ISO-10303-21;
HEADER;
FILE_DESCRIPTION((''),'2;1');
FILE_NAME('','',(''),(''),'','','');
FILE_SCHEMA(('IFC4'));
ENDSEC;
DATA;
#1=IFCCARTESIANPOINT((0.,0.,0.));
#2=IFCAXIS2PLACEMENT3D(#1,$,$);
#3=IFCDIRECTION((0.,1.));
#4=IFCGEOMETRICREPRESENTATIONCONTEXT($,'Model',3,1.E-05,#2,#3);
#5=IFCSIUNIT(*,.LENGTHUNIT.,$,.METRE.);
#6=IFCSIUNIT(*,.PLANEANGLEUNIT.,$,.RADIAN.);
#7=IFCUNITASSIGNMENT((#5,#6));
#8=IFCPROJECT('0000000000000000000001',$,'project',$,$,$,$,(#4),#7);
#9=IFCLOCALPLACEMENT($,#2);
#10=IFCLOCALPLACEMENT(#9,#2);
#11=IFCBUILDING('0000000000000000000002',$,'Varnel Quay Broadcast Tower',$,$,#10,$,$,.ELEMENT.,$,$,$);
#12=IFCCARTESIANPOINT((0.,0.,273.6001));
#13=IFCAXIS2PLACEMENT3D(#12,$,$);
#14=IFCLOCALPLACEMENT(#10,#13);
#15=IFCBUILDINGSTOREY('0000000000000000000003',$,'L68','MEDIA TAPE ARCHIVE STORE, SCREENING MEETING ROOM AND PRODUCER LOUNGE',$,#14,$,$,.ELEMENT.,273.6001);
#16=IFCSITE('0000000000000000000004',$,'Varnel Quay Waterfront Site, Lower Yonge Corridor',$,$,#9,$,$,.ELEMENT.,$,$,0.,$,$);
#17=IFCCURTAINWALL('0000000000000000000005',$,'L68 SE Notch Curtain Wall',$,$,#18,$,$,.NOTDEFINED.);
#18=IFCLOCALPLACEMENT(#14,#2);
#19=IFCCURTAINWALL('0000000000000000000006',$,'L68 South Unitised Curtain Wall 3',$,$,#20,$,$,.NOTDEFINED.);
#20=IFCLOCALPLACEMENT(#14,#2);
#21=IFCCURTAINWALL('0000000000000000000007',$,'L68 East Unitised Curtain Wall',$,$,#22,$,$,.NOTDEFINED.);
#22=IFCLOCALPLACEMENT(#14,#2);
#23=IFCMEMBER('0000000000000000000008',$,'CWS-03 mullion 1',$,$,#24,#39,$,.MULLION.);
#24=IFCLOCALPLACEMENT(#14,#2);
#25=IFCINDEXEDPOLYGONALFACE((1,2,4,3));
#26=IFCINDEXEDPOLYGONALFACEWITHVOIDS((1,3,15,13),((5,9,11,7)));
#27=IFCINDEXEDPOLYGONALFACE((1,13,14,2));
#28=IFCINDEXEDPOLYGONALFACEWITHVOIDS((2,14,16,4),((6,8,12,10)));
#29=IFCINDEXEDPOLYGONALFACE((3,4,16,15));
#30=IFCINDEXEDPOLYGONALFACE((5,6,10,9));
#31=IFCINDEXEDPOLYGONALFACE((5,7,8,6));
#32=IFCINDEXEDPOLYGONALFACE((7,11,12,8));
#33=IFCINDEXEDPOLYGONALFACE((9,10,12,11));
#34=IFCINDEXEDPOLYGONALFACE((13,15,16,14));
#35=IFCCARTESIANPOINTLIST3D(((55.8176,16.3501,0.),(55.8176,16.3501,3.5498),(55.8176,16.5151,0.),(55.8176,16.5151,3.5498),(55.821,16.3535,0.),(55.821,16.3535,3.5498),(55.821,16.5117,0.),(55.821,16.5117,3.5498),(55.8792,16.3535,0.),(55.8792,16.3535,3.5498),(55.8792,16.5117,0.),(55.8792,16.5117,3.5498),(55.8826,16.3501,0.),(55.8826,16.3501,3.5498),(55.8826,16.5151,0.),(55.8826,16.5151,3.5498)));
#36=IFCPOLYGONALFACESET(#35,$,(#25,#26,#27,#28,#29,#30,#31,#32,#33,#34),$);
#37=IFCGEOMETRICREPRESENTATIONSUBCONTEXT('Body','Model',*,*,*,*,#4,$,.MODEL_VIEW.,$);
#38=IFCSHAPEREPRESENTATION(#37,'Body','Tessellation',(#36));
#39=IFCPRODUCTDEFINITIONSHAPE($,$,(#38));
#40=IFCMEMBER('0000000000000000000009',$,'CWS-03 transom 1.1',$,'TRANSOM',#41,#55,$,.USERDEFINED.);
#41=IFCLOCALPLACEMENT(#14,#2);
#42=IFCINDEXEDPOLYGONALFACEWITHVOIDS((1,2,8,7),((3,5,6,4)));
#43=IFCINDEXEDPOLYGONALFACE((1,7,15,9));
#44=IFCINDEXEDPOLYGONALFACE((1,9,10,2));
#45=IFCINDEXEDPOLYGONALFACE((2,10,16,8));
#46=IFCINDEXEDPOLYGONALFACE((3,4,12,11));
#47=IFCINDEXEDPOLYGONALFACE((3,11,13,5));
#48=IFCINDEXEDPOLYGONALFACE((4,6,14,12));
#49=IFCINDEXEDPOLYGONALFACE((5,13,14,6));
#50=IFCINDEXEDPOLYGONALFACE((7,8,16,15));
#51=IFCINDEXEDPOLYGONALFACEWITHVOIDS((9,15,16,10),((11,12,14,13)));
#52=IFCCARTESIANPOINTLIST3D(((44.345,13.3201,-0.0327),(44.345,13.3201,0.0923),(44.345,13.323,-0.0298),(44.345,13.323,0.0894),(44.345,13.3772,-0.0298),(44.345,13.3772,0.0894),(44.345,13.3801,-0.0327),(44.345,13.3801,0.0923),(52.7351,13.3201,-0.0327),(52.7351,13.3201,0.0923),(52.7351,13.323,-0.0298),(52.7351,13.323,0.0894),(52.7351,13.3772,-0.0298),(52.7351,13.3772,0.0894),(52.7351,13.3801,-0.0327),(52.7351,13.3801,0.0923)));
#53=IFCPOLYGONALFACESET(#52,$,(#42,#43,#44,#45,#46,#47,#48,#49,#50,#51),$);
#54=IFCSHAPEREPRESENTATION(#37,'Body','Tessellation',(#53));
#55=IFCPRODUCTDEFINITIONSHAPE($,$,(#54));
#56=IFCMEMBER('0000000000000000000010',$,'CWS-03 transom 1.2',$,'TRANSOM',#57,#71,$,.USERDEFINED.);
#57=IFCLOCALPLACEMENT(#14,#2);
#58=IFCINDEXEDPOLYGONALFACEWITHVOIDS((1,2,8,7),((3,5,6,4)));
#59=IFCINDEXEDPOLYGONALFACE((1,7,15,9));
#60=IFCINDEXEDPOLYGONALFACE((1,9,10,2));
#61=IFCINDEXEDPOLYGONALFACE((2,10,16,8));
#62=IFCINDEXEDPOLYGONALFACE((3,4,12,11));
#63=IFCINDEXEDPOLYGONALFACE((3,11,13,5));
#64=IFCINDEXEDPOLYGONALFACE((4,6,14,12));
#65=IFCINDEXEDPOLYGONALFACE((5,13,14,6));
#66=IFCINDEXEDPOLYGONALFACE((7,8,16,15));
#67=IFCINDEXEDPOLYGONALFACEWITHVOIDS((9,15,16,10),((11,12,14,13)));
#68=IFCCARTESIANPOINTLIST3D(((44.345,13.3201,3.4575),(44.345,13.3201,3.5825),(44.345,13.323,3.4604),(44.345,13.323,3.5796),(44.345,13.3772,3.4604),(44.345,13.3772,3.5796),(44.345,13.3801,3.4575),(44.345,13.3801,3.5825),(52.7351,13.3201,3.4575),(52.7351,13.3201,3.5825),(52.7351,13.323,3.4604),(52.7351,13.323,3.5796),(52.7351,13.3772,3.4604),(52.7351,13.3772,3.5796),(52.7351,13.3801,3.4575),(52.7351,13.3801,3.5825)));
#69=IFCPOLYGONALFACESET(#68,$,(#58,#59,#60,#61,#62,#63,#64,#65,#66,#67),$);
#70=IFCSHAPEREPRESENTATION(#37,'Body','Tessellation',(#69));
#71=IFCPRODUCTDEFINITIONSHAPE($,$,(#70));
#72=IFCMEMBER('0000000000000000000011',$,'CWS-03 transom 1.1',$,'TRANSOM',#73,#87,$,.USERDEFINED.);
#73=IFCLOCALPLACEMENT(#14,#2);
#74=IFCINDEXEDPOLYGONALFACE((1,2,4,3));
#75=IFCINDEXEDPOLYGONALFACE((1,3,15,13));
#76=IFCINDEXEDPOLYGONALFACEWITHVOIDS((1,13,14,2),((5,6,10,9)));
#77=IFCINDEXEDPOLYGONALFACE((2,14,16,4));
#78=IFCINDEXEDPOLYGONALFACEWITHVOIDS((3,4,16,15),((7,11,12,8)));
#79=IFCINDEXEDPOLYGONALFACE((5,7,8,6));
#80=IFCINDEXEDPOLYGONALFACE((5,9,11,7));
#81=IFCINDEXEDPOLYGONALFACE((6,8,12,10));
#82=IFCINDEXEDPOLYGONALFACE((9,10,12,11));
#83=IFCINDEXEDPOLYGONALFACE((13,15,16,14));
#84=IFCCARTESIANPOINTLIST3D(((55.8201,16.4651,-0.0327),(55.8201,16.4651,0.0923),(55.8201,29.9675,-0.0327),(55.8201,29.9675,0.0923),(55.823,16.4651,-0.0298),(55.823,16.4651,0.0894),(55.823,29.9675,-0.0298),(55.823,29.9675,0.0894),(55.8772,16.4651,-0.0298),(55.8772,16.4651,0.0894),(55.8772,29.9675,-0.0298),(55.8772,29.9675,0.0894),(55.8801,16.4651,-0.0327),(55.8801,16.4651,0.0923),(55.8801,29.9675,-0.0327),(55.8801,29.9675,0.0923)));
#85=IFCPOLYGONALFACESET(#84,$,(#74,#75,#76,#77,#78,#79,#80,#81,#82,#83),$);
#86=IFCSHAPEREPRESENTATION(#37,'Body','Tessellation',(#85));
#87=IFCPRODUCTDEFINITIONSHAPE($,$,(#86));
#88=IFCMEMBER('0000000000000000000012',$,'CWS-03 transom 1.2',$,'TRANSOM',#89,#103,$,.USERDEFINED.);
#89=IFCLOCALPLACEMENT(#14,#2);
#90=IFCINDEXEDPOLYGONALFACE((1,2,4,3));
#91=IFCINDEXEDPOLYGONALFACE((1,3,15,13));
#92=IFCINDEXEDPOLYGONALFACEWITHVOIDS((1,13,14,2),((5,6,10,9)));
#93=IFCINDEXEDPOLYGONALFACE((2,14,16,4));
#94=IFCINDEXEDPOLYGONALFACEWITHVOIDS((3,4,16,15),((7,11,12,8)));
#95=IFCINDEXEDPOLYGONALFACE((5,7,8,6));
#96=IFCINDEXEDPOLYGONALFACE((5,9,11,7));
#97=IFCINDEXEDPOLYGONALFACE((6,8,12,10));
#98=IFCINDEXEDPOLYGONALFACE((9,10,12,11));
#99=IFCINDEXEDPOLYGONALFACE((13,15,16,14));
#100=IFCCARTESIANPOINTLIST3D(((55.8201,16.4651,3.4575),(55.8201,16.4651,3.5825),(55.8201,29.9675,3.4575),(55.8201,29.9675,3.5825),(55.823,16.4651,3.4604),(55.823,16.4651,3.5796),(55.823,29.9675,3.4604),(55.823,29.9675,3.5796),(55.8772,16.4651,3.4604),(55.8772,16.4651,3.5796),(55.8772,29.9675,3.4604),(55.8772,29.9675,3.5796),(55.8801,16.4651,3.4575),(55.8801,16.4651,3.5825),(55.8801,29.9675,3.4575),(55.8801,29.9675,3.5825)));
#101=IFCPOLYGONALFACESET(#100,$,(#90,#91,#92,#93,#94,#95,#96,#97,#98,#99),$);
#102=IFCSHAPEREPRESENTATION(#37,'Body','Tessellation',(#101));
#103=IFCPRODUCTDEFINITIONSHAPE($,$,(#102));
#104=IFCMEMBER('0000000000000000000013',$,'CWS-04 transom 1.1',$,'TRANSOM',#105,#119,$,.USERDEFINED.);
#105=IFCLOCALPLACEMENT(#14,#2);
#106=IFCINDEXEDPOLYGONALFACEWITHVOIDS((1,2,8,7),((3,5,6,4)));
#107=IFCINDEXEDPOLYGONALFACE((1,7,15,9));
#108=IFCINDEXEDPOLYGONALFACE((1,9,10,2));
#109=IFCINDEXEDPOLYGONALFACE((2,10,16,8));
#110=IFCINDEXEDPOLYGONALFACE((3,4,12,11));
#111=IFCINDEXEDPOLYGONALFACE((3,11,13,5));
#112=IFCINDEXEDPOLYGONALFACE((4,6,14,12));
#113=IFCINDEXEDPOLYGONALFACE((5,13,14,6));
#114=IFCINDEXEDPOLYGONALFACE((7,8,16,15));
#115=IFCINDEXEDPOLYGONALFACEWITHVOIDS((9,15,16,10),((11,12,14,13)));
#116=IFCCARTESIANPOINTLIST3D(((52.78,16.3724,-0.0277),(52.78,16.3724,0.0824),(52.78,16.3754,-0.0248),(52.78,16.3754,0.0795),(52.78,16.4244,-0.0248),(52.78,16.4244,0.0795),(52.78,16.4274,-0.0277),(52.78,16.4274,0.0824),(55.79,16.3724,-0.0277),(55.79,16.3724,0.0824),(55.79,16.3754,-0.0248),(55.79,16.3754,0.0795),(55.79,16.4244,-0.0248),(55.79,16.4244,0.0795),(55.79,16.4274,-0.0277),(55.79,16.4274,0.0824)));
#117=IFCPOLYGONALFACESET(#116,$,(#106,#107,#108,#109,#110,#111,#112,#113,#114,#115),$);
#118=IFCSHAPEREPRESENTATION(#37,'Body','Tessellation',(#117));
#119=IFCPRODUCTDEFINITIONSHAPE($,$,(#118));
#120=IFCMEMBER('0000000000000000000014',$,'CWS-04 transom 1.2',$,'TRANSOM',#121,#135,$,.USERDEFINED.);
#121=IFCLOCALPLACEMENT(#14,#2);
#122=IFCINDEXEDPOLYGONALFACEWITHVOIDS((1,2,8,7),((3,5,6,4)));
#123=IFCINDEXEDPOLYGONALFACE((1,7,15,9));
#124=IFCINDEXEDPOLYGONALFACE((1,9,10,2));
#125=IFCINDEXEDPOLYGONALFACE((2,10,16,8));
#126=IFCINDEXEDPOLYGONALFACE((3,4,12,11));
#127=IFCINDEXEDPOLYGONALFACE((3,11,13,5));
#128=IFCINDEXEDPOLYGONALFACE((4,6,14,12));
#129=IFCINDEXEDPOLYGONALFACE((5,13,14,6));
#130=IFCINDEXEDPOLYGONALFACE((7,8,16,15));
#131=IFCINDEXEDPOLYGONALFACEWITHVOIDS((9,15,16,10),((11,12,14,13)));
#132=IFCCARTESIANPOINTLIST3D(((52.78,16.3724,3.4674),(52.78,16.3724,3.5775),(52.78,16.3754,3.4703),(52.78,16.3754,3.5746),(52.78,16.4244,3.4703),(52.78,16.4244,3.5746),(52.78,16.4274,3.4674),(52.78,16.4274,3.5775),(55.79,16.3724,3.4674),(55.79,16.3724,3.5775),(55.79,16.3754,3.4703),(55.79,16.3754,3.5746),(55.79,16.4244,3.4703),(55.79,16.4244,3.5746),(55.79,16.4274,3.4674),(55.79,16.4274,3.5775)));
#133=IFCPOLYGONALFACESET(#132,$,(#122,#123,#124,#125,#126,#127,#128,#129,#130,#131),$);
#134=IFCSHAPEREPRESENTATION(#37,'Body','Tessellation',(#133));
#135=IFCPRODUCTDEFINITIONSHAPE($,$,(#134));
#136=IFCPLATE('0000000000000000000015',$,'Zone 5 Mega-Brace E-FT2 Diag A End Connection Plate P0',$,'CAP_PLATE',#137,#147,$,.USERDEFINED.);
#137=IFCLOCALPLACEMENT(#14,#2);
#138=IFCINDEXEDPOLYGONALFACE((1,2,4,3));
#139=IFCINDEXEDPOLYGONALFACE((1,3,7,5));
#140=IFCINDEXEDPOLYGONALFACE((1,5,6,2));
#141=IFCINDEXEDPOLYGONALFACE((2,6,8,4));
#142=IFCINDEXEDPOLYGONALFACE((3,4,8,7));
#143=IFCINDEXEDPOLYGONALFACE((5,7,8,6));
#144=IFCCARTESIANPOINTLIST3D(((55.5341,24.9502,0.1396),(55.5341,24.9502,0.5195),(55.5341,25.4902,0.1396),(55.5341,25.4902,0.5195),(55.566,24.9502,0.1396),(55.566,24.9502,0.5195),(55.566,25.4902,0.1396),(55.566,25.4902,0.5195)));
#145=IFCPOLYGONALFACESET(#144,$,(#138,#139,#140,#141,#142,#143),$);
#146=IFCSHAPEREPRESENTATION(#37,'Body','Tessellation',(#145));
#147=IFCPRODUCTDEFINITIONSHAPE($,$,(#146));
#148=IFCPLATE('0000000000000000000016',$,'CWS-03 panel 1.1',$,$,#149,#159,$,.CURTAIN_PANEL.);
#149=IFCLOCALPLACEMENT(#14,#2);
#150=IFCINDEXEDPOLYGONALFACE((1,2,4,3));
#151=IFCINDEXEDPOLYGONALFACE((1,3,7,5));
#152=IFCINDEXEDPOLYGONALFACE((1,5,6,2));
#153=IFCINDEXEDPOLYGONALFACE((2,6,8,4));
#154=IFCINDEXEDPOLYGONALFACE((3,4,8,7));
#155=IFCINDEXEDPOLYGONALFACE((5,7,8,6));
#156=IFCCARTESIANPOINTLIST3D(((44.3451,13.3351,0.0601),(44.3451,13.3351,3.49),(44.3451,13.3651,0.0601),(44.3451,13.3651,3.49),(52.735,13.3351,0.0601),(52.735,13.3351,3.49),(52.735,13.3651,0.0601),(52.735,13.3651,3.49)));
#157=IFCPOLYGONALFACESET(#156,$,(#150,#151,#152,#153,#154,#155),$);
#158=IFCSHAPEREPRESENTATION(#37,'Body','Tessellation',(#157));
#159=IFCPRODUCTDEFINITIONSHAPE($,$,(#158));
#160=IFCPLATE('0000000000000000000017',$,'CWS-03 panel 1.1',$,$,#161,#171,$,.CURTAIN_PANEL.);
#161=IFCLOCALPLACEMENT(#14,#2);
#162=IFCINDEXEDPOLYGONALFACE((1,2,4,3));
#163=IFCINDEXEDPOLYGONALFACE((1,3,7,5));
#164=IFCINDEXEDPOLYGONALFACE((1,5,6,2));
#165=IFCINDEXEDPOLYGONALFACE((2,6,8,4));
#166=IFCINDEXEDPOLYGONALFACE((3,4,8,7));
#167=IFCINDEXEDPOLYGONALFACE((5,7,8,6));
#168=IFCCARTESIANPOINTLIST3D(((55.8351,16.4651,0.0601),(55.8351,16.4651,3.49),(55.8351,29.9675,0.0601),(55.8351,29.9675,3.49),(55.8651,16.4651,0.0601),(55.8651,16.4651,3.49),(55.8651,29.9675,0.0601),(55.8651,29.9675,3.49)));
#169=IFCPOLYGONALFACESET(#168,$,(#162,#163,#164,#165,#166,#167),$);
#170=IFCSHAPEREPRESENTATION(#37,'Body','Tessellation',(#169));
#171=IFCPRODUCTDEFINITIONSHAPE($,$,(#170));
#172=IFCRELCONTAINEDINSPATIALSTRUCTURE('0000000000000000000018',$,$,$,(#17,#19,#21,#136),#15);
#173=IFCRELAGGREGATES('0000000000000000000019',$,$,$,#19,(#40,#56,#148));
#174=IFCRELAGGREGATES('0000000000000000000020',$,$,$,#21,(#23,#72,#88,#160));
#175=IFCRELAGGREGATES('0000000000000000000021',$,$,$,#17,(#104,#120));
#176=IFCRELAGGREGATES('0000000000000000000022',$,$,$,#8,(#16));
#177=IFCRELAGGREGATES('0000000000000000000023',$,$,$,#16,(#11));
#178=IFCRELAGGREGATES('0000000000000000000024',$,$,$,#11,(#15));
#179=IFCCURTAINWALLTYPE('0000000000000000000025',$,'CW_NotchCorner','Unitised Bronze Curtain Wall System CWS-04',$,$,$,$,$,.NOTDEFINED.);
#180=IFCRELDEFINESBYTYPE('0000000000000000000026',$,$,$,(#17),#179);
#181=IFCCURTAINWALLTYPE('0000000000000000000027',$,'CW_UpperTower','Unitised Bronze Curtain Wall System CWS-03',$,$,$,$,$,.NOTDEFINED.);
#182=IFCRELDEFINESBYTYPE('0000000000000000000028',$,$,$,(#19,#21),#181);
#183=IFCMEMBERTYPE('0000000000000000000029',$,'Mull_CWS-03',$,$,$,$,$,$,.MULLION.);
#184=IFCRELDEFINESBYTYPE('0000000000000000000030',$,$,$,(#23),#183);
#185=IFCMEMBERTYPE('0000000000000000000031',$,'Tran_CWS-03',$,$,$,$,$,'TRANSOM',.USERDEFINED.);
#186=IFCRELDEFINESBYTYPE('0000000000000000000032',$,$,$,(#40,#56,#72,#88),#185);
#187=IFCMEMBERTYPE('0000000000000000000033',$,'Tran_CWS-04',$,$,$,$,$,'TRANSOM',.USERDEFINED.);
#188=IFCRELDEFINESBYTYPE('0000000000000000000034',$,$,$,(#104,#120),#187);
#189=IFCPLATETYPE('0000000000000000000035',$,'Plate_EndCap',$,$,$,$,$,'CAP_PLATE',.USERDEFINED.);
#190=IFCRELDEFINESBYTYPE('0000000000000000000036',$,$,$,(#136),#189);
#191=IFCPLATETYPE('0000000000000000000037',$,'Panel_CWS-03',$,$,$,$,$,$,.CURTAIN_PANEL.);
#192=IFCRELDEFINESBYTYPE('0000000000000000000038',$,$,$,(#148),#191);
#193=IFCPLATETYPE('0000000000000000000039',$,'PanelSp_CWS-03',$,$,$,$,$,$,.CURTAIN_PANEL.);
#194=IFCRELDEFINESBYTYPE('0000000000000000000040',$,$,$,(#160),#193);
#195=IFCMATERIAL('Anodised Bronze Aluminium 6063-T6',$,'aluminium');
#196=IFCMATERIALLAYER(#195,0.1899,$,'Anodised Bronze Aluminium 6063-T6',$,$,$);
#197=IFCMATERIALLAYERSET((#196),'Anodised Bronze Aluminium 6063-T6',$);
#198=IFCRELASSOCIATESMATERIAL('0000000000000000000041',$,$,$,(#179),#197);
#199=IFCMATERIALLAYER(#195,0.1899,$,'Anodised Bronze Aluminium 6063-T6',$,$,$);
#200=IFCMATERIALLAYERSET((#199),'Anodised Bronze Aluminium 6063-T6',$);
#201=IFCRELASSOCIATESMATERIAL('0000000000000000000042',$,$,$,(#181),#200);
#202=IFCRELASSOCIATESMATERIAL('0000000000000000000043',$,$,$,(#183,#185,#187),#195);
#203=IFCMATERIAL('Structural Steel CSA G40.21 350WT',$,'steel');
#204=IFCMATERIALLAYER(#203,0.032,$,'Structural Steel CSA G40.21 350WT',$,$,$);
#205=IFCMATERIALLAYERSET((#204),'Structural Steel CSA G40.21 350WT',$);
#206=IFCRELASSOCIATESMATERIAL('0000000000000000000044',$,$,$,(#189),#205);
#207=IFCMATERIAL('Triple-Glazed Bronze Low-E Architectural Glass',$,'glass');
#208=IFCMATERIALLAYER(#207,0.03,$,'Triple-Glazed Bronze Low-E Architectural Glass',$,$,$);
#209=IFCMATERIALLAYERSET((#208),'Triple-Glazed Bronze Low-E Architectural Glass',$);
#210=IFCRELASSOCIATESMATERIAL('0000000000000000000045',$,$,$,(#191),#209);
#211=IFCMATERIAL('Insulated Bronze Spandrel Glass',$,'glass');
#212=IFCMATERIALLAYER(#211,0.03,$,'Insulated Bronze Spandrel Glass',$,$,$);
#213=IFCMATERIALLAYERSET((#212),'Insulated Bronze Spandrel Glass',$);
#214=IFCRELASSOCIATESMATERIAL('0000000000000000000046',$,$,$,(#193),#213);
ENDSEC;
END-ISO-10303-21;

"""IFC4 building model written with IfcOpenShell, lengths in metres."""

from ifc_helpers import new_model, si_unit, direction, frame, origin, origin_2d, place, context, subcontext, project, spatial, rectangle, hollow_rectangle, extrude, source, transform, mapped, material, layer, layer_set, material_profile, profile_set, type_object, type_shapes, element, aggregate, save


model = new_model("IFC4")

# Units and contexts
model_context = context("Model", 3, precision=1e-05, world=origin(), true_north=direction((0.0, 1.0)))
body_context = subcontext(model_context, "Body", "Model", "MODEL_VIEW")
ifc_project = project(units=[si_unit("LENGTHUNIT", "METRE"), si_unit("PLANEANGLEUNIT", "RADIAN")], contexts=[model_context])

# Site, building, storey
site_placement = place(None, origin())
site = spatial("IfcSite", under=ifc_project, at=site_placement, Name="Varnel Quay Waterfront Site, Lower Yonge Corridor", CompositionType="ELEMENT", RefElevation=0.0)
building_placement = place(site_placement, origin())
building = spatial("IfcBuilding", under=site, at=building_placement, Name="Varnel Quay Broadcast Tower", CompositionType="ELEMENT")
storey_placement = place(building_placement, frame((0.0, 0.0, 273.6001)))
storey = spatial("IfcBuildingStorey", under=building, at=storey_placement, Name="L68", Description="MEDIA TAPE ARCHIVE STORE, SCREENING MEETING ROOM AND PRODUCER LOUNGE", CompositionType="ELEMENT", Elevation=273.6001)

# Shared definitions
ifc_material_1 = material(Name="Structural Steel CSA G40.21 350WT", Category="steel")

# Curtain wall
ifc_material_2 = material(Name="Anodised Bronze Aluminium 6063-T6", Category="aluminium")
ifc_layer_1 = layer(ifc_material_2, 0.1899, Name="Anodised Bronze Aluminium 6063-T6")
ifc_layer_set_1 = layer_set([ifc_layer_1], Name="Anodised Bronze Aluminium 6063-T6")
curtain_wall_type_1 = type_object("IfcCurtainWallType", Name="CW_NotchCorner", Description="Unitised Bronze Curtain Wall System CWS-04", PredefinedType="NOTDEFINED", material=ifc_layer_set_1)
curtain_wall_1_placement = place(storey_placement, origin())
curtain_wall_1 = element("IfcCurtainWall", 1, at=curtain_wall_1_placement, inside=storey, type_object=curtain_wall_type_1, Name="L68 SE Notch Curtain Wall", PredefinedType="NOTDEFINED")

# Curtain walls, member
ifc_layer_2 = layer(ifc_material_2, 0.1899, Name="Anodised Bronze Aluminium 6063-T6")
ifc_layer_set_2 = layer_set([ifc_layer_2], Name="Anodised Bronze Aluminium 6063-T6")
curtain_wall_type_2 = type_object("IfcCurtainWallType", Name="CW_UpperTower", Description="Unitised Bronze Curtain Wall System CWS-03", PredefinedType="NOTDEFINED", material=ifc_layer_set_2)
curtain_wall_2_placement = place(storey_placement, origin())
curtain_wall_2 = element("IfcCurtainWall", 2, at=curtain_wall_2_placement, inside=storey, type_object=curtain_wall_type_2, Name="L68 South Unitised Curtain Wall 3", PredefinedType="NOTDEFINED")
ifc_material_profile_1 = material_profile(ifc_material_2, hollow_rectangle(XDim=0.0649, YDim=0.165, WallThickness=0.0034, at=origin_2d()), Name="ALU65X165X3.5")
ifc_profile_set_1 = profile_set([ifc_material_profile_1], Name="Anodised Bronze Aluminium 6063-T6")
member_type_1 = type_object("IfcMemberType", Name="Mull_CWS-03", PredefinedType="MULLION", material=ifc_profile_set_1)
shared_shape_1 = source(origin(), body_context, "Body", "SweptSolid", [
    extrude(hollow_rectangle(XDim=0.0649, YDim=0.165, WallThickness=0.0034, at=origin_2d()), origin(), (0.0, 0.0, 1.0), 3.5498),
])
type_shapes(member_type_1, [shared_shape_1])
curtain_wall_3_placement = place(storey_placement, origin())
curtain_wall_3 = element("IfcCurtainWall", 3, at=curtain_wall_3_placement, inside=storey, type_object=curtain_wall_type_2, Name="L68 East Unitised Curtain Wall", PredefinedType="NOTDEFINED")
member_1_placement = place(storey_placement, frame((55.8501, 16.4326, 0.0), z_axis=(0.0, 0.0, 1.0), x_axis=(-1.0, 0.0, 0.0)))
member_1 = element("IfcMember", 4, at=member_1_placement, type_object=member_type_1, Name="CWS-03 mullion 1", PredefinedType="MULLION", context=body_context, shape_type="MappedRepresentation", body=[
    mapped(shared_shape_1, transform((0.0, 0.0, 0.0), x_axis=(1.0, 0.0, 0.0), y_axis=(0.0, 1.0, 0.0), z_axis=(0.0, 0.0, 1.0), scale=1.0)),
])

# Members
ifc_material_profile_2 = material_profile(ifc_material_2, hollow_rectangle(XDim=0.0601, YDim=0.125, WallThickness=0.0029, at=origin_2d()), Name="ALU60X125X3")
ifc_profile_set_2 = profile_set([ifc_material_profile_2], Name="Anodised Bronze Aluminium 6063-T6")
member_type_2 = type_object("IfcMemberType", Name="Tran_CWS-03", ElementType="TRANSOM", PredefinedType="USERDEFINED", material=ifc_profile_set_2)
shared_shape_2 = source(origin(), body_context, "Body", "SweptSolid", [
    extrude(hollow_rectangle(XDim=0.0601, YDim=0.125, WallThickness=0.0029, at=origin_2d()), origin(), (0.0, 0.0, 1.0), 8.3901),
])
member_2_placement = place(storey_placement, frame((44.345, 13.3501, 0.0298), z_axis=(1.0, 0.0, 0.0), x_axis=(0.0, 1.0, 0.0)))
member_2 = element("IfcMember", 5, at=member_2_placement, type_object=member_type_2, Name="CWS-03 transom 1.1", ObjectType="TRANSOM", PredefinedType="USERDEFINED", context=body_context, shape_type="MappedRepresentation", body=[
    mapped(shared_shape_2, transform((0.0, 0.0, 0.0), x_axis=(1.0, 0.0, 0.0), y_axis=(0.0, 1.0, 0.0), z_axis=(0.0, 0.0, 1.0), scale=1.0)),
])
member_3_placement = place(storey_placement, frame((44.345, 13.3501, 3.52), z_axis=(1.0, 0.0, 0.0), x_axis=(0.0, 1.0, 0.0)))
member_3 = element("IfcMember", 6, at=member_3_placement, type_object=member_type_2, Name="CWS-03 transom 1.2", ObjectType="TRANSOM", PredefinedType="USERDEFINED", context=body_context, shape_type="MappedRepresentation", body=[
    mapped(shared_shape_2, transform((0.0, 0.0, 0.0), x_axis=(1.0, 0.0, 0.0), y_axis=(0.0, 1.0, 0.0), z_axis=(0.0, 0.0, 1.0), scale=1.0)),
])
shared_shape_3 = source(origin(), body_context, "Body", "SweptSolid", [
    extrude(hollow_rectangle(XDim=0.0601, YDim=0.125, WallThickness=0.0029, at=origin_2d()), origin(), (0.0, 0.0, 1.0), 13.5024),
])
type_shapes(member_type_2, [shared_shape_2, shared_shape_3])
member_4_placement = place(storey_placement, frame((55.8501, 16.4651, 0.0298), z_axis=(0.0, 1.0, 0.0), x_axis=(-1.0, 0.0, 0.0)))
member_4 = element("IfcMember", 7, at=member_4_placement, type_object=member_type_2, Name="CWS-03 transom 1.1", ObjectType="TRANSOM", PredefinedType="USERDEFINED", context=body_context, shape_type="MappedRepresentation", body=[
    mapped(shared_shape_3, transform((0.0, 0.0, 0.0), x_axis=(1.0, 0.0, 0.0), y_axis=(0.0, 1.0, 0.0), z_axis=(0.0, 0.0, 1.0), scale=1.0)),
])
member_5_placement = place(storey_placement, frame((55.8501, 16.4651, 3.52), z_axis=(0.0, 1.0, 0.0), x_axis=(-1.0, 0.0, 0.0)))
member_5 = element("IfcMember", 8, at=member_5_placement, type_object=member_type_2, Name="CWS-03 transom 1.2", ObjectType="TRANSOM", PredefinedType="USERDEFINED", context=body_context, shape_type="MappedRepresentation", body=[
    mapped(shared_shape_3, transform((0.0, 0.0, 0.0), x_axis=(1.0, 0.0, 0.0), y_axis=(0.0, 1.0, 0.0), z_axis=(0.0, 0.0, 1.0), scale=1.0)),
])
ifc_material_profile_3 = material_profile(ifc_material_2, hollow_rectangle(XDim=0.0549, YDim=0.1101, WallThickness=0.0029, at=origin_2d()), Name="ALU55X110X3")
ifc_profile_set_3 = profile_set([ifc_material_profile_3], Name="Anodised Bronze Aluminium 6063-T6")
member_type_3 = type_object("IfcMemberType", Name="Tran_CWS-04", ElementType="TRANSOM", PredefinedType="USERDEFINED", material=ifc_profile_set_3)
shared_shape_4 = source(origin(), body_context, "Body", "SweptSolid", [
    extrude(hollow_rectangle(XDim=0.0549, YDim=0.1101, WallThickness=0.0029, at=origin_2d()), origin(), (0.0, 0.0, 1.0), 3.01),
])
type_shapes(member_type_3, [shared_shape_4])
member_6_placement = place(storey_placement, frame((52.78, 16.3999, 0.0273), z_axis=(1.0, 0.0, 0.0), x_axis=(0.0, 1.0, 0.0)))
member_6 = element("IfcMember", 9, at=member_6_placement, type_object=member_type_3, Name="CWS-04 transom 1.1", ObjectType="TRANSOM", PredefinedType="USERDEFINED", context=body_context, shape_type="MappedRepresentation", body=[
    mapped(shared_shape_4, transform((0.0, 0.0, 0.0), x_axis=(1.0, 0.0, 0.0), y_axis=(0.0, 1.0, 0.0), z_axis=(0.0, 0.0, 1.0), scale=1.0)),
])
member_7_placement = place(storey_placement, frame((52.78, 16.3999, 3.5225), z_axis=(1.0, 0.0, 0.0), x_axis=(0.0, 1.0, 0.0)))
member_7 = element("IfcMember", 10, at=member_7_placement, type_object=member_type_3, Name="CWS-04 transom 1.2", ObjectType="TRANSOM", PredefinedType="USERDEFINED", context=body_context, shape_type="MappedRepresentation", body=[
    mapped(shared_shape_4, transform((0.0, 0.0, 0.0), x_axis=(1.0, 0.0, 0.0), y_axis=(0.0, 1.0, 0.0), z_axis=(0.0, 0.0, 1.0), scale=1.0)),
])

# Plates
ifc_layer_3 = layer(ifc_material_1, 0.032, Name="Structural Steel CSA G40.21 350WT")
ifc_layer_set_3 = layer_set([ifc_layer_3], Name="Structural Steel CSA G40.21 350WT")
plate_type_1 = type_object("IfcPlateType", Name="Plate_EndCap", ElementType="CAP_PLATE", PredefinedType="USERDEFINED", material=ifc_layer_set_3)
shared_shape_5 = source(origin(), body_context, "Body", "SweptSolid", [
    extrude(rectangle(XDim=0.54, YDim=0.032, at=origin_2d()), origin(), (0.0, 0.0, 1.0), 0.3799),
])
type_shapes(plate_type_1, [shared_shape_5])
plate_1_placement = place(storey_placement, frame((55.55, 25.2202, 0.1396), z_axis=(0.0, 0.0, 1.0), x_axis=(0.0, 1.0, 0.0)))
element("IfcPlate", 11, at=plate_1_placement, inside=storey, type_object=plate_type_1, Name="Zone 5 Mega-Brace E-FT2 Diag A End Connection Plate P0", ObjectType="CAP_PLATE", PredefinedType="USERDEFINED", context=body_context, shape_type="MappedRepresentation", body=[
    mapped(shared_shape_5, transform((0.0, 0.0, 0.0), x_axis=(1.0, 0.0, 0.0), y_axis=(0.0, 1.0, 0.0), z_axis=(0.0, 0.0, 1.0), scale=1.0)),
])
ifc_material_3 = material(Name="Triple-Glazed Bronze Low-E Architectural Glass", Category="glass")
ifc_layer_4 = layer(ifc_material_3, 0.03, Name="Triple-Glazed Bronze Low-E Architectural Glass")
ifc_layer_set_4 = layer_set([ifc_layer_4], Name="Triple-Glazed Bronze Low-E Architectural Glass")
plate_type_2 = type_object("IfcPlateType", Name="Panel_CWS-03", PredefinedType="CURTAIN_PANEL", material=ifc_layer_set_4)
shared_shape_6 = source(origin(), body_context, "Body", "SweptSolid", [
    extrude(rectangle(XDim=8.3899, YDim=0.03, at=origin_2d()), origin(), (0.0, 0.0, 1.0), 3.4299),
])
type_shapes(plate_type_2, [shared_shape_6])
plate_2_placement = place(storey_placement, frame((48.54, 13.3501, 0.0601), z_axis=(0.0, 0.0, 1.0), x_axis=(1.0, 0.0, 0.0)))
plate_2 = element("IfcPlate", 12, at=plate_2_placement, type_object=plate_type_2, Name="CWS-03 panel 1.1", PredefinedType="CURTAIN_PANEL", context=body_context, shape_type="MappedRepresentation", body=[
    mapped(shared_shape_6, transform((0.0, 0.0, 0.0), x_axis=(1.0, 0.0, 0.0), y_axis=(0.0, 1.0, 0.0), z_axis=(0.0, 0.0, 1.0), scale=1.0)),
])
aggregate(curtain_wall_2, [member_2, member_3, plate_2])
ifc_material_4 = material(Name="Insulated Bronze Spandrel Glass", Category="glass")
ifc_layer_5 = layer(ifc_material_4, 0.03, Name="Insulated Bronze Spandrel Glass")
ifc_layer_set_5 = layer_set([ifc_layer_5], Name="Insulated Bronze Spandrel Glass")
plate_type_3 = type_object("IfcPlateType", Name="PanelSp_CWS-03", PredefinedType="CURTAIN_PANEL", material=ifc_layer_set_5)
shared_shape_7 = source(origin(), body_context, "Body", "SweptSolid", [
    extrude(rectangle(XDim=13.5024, YDim=0.03, at=origin_2d()), origin(), (0.0, 0.0, 1.0), 3.4299),
])
type_shapes(plate_type_3, [shared_shape_7])
plate_3_placement = place(storey_placement, frame((55.8501, 23.2163, 0.0601), z_axis=(0.0, 0.0, 1.0), x_axis=(0.0, 1.0, 0.0)))
plate_3 = element("IfcPlate", 13, at=plate_3_placement, type_object=plate_type_3, Name="CWS-03 panel 1.1", PredefinedType="CURTAIN_PANEL", context=body_context, shape_type="MappedRepresentation", body=[
    mapped(shared_shape_7, transform((0.0, 0.0, 0.0), x_axis=(1.0, 0.0, 0.0), y_axis=(0.0, 1.0, 0.0), z_axis=(0.0, 0.0, 1.0), scale=1.0)),
])
aggregate(curtain_wall_3, [member_1, member_4, member_5, plate_3])
aggregate(curtain_wall_1, [member_6, member_7])

save(model, "model.ifc")
